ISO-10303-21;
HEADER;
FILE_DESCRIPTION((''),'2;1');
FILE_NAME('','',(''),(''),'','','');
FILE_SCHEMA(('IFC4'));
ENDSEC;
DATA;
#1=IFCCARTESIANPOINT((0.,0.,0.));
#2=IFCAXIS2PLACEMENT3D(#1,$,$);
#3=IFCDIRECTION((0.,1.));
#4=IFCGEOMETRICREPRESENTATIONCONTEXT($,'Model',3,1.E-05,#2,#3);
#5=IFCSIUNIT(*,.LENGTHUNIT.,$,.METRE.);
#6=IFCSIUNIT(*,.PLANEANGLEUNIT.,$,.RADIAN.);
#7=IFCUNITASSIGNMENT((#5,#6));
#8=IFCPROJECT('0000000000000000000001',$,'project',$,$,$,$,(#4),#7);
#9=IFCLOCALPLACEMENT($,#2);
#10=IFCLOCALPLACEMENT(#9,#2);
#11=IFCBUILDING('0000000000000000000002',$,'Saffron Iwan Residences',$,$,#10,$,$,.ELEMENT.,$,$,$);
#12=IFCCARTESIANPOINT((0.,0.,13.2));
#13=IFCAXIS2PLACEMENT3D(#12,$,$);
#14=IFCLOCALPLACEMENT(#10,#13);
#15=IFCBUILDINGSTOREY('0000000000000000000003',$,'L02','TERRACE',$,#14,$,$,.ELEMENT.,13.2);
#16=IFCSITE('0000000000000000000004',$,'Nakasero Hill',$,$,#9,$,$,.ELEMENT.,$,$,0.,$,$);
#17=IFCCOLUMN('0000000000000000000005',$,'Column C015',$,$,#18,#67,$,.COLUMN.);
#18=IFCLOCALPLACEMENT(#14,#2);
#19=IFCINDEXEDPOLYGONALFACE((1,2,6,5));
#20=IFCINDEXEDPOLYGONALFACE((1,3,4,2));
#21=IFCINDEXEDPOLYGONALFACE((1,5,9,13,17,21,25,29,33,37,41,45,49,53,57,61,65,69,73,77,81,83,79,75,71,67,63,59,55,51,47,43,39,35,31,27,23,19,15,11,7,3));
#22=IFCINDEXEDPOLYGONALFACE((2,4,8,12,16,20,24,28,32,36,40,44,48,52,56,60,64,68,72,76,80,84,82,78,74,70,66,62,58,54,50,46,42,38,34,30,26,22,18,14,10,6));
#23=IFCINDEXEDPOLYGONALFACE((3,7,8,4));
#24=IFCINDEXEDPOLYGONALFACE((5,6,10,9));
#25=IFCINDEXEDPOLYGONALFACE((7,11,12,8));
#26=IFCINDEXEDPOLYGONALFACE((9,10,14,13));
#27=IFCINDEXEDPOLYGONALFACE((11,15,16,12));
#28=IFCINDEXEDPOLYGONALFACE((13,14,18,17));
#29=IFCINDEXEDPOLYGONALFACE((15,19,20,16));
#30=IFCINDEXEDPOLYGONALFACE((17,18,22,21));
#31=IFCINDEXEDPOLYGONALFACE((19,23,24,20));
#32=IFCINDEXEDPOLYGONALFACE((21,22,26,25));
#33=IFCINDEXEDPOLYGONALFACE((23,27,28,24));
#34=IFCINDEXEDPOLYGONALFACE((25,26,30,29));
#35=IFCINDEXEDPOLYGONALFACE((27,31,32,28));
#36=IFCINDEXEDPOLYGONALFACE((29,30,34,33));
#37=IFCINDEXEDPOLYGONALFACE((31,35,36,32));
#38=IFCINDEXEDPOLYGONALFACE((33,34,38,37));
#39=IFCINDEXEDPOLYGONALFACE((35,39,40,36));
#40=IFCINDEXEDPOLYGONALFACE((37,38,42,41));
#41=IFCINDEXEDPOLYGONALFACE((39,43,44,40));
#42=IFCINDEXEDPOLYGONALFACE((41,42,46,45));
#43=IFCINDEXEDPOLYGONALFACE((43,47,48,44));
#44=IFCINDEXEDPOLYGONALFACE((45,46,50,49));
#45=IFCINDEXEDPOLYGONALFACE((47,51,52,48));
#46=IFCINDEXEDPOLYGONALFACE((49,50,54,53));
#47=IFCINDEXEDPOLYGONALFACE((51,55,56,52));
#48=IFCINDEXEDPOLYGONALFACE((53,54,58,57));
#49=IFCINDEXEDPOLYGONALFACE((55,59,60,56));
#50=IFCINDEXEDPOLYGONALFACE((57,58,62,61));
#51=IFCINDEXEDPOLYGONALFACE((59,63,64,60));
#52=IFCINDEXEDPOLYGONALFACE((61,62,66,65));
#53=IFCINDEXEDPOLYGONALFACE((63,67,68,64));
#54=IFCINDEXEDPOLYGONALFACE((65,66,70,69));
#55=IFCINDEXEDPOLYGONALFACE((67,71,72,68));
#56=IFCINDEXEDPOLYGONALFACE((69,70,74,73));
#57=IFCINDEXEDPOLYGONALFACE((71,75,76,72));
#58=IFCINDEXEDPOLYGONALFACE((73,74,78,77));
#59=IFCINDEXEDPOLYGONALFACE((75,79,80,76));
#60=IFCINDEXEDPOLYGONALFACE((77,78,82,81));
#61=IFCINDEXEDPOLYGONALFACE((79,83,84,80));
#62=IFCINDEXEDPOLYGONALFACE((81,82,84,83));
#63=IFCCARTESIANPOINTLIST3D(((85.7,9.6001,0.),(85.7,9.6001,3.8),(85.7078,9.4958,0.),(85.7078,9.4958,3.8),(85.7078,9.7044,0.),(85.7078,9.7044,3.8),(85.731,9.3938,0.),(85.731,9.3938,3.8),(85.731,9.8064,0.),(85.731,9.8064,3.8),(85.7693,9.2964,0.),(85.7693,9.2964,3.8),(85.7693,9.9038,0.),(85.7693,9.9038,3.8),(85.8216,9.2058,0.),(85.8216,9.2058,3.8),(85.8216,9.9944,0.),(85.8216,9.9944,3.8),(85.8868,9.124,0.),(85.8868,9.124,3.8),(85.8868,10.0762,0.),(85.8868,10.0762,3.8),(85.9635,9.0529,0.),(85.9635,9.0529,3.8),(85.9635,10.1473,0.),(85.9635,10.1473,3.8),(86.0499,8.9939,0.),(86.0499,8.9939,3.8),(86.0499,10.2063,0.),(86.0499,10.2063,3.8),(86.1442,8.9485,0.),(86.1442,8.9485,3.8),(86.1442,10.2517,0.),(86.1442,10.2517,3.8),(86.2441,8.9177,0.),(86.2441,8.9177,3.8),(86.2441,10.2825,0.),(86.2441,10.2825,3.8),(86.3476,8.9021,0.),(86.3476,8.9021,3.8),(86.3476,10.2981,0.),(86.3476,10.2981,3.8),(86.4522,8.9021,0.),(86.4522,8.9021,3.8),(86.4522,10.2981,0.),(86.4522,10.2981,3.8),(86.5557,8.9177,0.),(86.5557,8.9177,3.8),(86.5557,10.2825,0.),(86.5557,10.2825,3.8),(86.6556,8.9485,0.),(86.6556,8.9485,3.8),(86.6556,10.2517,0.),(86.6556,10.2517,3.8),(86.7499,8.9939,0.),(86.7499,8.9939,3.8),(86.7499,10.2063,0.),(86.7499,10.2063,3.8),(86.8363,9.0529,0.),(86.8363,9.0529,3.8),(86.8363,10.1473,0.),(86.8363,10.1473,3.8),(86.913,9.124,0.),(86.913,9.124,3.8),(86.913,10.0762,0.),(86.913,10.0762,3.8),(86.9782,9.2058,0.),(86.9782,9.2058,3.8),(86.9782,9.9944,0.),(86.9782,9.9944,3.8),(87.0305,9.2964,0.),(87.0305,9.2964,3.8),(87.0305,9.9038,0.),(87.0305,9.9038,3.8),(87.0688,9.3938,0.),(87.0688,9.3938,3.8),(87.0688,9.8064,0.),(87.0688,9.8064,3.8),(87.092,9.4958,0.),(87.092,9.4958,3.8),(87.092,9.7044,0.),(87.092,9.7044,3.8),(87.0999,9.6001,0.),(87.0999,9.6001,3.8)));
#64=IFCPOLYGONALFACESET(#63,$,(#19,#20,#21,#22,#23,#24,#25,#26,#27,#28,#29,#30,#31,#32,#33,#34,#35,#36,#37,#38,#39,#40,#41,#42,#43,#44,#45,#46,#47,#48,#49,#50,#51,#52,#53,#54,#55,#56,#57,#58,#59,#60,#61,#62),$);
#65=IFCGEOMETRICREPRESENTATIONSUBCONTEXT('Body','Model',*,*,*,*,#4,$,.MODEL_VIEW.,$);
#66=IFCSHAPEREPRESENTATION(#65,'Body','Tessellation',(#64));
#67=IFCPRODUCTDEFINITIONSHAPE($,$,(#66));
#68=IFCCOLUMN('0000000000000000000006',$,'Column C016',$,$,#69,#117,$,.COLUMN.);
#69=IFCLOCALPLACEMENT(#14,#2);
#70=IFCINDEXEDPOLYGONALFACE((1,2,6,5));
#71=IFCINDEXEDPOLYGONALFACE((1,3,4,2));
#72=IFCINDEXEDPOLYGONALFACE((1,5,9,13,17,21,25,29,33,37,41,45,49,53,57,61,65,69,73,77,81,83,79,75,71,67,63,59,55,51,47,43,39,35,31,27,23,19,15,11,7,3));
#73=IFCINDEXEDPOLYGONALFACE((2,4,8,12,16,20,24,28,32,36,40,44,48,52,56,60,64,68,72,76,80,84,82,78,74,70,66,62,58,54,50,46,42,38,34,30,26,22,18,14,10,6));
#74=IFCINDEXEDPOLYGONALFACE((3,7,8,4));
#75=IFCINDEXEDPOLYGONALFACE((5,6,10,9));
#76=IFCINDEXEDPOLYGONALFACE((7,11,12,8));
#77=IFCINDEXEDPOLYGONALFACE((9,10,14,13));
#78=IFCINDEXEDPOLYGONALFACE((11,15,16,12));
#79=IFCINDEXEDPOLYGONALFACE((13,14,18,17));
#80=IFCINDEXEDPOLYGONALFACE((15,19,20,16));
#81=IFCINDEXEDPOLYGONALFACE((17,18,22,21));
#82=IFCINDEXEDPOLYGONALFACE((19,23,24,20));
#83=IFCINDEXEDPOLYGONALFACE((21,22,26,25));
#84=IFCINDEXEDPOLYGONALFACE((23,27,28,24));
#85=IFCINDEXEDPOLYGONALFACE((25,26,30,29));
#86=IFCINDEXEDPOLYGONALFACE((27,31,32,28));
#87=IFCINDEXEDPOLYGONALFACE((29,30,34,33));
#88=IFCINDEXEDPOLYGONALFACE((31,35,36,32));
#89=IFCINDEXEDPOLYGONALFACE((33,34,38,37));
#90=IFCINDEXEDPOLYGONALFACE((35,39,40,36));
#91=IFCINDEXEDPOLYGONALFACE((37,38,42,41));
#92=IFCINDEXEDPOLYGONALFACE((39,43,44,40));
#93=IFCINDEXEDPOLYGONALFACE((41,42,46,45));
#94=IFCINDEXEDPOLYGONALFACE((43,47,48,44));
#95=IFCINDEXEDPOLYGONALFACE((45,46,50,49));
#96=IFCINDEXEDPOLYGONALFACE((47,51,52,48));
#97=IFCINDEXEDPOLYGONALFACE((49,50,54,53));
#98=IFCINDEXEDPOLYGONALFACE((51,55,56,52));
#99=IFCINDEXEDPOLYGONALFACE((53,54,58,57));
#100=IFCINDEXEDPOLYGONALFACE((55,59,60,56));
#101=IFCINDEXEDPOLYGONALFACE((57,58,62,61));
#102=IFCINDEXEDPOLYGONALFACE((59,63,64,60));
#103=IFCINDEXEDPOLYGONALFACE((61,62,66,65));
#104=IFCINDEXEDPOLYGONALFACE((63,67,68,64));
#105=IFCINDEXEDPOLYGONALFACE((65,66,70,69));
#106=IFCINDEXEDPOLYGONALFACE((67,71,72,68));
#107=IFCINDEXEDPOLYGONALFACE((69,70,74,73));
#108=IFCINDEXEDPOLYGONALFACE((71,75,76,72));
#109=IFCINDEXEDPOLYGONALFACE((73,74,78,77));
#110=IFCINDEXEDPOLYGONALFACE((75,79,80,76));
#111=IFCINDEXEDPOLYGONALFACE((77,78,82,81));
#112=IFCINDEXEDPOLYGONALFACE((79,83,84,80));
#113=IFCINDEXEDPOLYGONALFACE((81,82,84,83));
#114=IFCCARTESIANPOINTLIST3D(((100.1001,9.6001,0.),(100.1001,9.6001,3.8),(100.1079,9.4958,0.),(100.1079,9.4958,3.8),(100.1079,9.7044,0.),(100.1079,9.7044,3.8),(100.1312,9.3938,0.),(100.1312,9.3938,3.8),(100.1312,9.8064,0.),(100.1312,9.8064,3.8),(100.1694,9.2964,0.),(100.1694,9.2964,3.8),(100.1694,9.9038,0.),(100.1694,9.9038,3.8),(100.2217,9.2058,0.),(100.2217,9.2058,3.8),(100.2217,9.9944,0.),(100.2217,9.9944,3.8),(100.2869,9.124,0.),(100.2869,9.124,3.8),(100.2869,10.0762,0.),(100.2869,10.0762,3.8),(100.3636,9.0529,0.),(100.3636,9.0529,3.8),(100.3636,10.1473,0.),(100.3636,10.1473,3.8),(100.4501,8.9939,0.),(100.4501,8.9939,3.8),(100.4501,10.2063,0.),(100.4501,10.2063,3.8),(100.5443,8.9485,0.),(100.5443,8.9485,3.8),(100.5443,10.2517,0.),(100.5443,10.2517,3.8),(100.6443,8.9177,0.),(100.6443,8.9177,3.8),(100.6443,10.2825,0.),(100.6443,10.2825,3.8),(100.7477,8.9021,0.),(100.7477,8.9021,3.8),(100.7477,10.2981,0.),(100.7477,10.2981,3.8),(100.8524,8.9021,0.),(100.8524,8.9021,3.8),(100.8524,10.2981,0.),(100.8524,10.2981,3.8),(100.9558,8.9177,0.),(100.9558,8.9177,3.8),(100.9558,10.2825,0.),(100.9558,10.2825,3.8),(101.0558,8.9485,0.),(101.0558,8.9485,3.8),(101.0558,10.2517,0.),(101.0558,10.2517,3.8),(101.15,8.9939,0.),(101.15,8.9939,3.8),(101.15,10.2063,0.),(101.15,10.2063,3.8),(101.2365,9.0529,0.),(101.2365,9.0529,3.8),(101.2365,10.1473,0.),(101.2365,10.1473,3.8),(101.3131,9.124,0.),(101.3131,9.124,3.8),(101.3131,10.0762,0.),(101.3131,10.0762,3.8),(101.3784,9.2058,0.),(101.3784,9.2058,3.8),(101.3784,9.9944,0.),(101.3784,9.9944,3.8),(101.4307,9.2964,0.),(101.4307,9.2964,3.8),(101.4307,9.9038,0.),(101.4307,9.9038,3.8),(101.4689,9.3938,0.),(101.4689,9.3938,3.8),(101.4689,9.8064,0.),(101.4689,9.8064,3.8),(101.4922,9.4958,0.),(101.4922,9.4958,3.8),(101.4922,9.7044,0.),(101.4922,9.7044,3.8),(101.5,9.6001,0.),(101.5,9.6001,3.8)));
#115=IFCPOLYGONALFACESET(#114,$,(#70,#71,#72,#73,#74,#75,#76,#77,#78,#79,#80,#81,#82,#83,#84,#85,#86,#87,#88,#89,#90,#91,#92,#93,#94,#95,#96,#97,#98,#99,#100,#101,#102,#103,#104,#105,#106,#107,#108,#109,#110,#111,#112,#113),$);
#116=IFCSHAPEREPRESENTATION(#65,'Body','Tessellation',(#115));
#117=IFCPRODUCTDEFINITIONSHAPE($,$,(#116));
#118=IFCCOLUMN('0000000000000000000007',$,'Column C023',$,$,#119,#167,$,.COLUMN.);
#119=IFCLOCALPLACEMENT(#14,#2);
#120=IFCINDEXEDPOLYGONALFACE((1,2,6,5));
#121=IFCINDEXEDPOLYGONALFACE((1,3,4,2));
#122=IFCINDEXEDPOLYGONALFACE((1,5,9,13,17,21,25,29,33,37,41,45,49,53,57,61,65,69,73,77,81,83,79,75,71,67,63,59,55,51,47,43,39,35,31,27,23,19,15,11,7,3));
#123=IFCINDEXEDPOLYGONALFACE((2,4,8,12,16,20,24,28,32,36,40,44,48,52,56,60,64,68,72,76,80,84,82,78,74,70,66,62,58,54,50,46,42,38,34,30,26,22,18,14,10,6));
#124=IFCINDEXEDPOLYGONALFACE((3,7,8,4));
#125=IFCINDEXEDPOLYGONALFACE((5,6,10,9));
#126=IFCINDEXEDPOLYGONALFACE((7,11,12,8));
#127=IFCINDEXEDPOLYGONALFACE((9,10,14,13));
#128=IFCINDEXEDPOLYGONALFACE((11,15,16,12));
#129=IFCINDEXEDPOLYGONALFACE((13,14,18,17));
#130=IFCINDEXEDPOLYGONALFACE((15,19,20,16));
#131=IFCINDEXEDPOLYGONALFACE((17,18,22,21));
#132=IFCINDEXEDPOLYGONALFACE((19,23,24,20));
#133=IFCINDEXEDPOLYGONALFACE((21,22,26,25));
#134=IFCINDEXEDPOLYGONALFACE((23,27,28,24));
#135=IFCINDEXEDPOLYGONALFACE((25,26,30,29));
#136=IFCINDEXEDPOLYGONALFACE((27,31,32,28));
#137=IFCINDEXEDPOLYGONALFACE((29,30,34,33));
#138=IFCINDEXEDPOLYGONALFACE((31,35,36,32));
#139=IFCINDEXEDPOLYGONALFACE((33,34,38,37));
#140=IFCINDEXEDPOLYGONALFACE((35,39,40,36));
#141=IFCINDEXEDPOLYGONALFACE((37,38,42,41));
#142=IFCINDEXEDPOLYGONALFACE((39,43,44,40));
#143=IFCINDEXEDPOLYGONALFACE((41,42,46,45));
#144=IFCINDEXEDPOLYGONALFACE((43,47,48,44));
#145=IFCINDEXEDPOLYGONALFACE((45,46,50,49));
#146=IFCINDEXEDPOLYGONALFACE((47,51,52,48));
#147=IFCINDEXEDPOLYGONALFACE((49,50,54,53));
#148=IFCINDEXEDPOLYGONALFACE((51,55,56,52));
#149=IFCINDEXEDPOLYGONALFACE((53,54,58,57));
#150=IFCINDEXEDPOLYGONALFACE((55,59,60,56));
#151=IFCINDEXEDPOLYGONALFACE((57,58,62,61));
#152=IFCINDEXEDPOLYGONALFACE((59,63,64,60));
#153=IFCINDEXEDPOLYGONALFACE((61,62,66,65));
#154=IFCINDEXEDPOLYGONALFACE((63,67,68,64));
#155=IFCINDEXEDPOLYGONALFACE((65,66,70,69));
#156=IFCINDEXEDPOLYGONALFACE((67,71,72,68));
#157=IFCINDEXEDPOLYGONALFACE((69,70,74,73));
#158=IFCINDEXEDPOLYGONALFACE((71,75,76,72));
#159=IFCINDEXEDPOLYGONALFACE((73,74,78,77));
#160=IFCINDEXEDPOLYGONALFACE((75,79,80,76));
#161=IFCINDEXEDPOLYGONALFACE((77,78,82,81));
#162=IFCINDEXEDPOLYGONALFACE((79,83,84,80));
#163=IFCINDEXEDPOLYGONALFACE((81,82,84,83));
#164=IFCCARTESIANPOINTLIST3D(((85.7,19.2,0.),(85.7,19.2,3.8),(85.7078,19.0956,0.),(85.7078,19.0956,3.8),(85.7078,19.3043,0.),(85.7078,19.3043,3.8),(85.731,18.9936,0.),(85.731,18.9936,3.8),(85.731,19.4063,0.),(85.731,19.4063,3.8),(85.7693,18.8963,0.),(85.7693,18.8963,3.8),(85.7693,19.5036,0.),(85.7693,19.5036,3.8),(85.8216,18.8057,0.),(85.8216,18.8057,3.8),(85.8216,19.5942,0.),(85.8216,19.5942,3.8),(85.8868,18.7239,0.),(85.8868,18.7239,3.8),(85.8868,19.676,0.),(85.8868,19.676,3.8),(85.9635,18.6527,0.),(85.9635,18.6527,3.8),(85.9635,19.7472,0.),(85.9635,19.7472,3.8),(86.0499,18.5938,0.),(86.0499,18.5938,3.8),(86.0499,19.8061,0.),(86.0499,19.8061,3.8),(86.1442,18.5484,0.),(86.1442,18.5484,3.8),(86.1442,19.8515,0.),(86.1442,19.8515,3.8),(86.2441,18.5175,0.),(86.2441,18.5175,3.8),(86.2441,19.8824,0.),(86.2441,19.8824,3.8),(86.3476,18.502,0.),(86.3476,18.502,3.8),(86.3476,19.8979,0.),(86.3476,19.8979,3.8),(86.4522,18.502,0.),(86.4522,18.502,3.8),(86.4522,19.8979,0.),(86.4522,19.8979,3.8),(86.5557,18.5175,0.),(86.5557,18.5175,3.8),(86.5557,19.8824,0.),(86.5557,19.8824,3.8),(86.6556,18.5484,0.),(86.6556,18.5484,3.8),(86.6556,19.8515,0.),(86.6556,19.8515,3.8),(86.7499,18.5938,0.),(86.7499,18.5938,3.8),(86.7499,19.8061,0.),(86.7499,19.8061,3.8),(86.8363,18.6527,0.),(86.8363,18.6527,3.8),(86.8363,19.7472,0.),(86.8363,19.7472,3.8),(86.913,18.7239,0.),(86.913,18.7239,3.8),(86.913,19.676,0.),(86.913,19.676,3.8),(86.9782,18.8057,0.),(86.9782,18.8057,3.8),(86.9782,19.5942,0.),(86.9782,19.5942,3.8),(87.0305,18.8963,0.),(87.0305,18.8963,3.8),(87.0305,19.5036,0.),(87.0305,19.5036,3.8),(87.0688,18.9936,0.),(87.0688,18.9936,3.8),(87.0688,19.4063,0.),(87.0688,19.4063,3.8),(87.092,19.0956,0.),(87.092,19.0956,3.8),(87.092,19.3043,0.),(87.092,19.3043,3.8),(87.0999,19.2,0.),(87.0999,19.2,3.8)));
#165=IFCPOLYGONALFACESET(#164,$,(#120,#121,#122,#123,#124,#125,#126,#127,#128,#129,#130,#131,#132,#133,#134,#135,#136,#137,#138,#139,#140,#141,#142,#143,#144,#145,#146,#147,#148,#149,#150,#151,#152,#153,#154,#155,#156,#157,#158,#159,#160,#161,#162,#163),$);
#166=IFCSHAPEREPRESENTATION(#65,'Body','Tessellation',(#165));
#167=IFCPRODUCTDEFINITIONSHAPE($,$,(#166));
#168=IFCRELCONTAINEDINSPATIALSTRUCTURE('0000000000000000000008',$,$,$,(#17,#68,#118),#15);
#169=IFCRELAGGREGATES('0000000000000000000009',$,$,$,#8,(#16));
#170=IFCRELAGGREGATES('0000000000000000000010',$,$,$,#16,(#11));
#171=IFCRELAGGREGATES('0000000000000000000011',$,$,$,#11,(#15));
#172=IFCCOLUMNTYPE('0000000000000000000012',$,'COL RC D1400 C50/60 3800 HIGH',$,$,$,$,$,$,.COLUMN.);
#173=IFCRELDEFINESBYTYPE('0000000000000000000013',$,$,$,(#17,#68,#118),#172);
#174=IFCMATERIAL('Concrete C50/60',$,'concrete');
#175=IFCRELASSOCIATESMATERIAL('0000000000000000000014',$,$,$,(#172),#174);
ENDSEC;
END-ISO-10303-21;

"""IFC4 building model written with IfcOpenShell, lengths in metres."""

from ifc_helpers import new_model, si_unit, direction, frame, origin, origin_2d, place, context, subcontext, project, spatial, circle, extrude, source, transform, mapped, material, material_profile, profile_set, type_object, element, save


model = new_model("IFC4")

# Units and contexts
model_context = context("Model", 3, precision=1e-05, world=origin(), true_north=direction((0.0, 1.0)))
body_context = subcontext(model_context, "Body", "Model", "MODEL_VIEW")
ifc_project = project(units=[si_unit("LENGTHUNIT", "METRE"), si_unit("PLANEANGLEUNIT", "RADIAN")], contexts=[model_context])

# Site, building, storey
site_placement = place(None, origin())
site = spatial("IfcSite", under=ifc_project, at=site_placement, Name="Nakasero Hill", CompositionType="ELEMENT", RefElevation=0.0)
building_placement = place(site_placement, origin())
building = spatial("IfcBuilding", under=site, at=building_placement, Name="Saffron Iwan Residences", CompositionType="ELEMENT")
storey_placement = place(building_placement, frame((0.0, 0.0, 13.2)))
storey = spatial("IfcBuildingStorey", under=building, at=storey_placement, Name="L02", Description="TERRACE", CompositionType="ELEMENT", Elevation=13.2)

# Columns
ifc_material_1 = material(Name="Concrete C50/60", Category="concrete")
ifc_material_profile_1 = material_profile(ifc_material_1, circle(Radius=0.7, at=origin_2d()), Name="RC D1400")
ifc_profile_set_1 = profile_set([ifc_material_profile_1], Name="Concrete C50/60")
column_type = type_object("IfcColumnType", Name="COL RC D1400 C50/60 3800 HIGH", PredefinedType="COLUMN", material=ifc_profile_set_1)
shared_shape_1 = source(origin(), body_context, "Body", "SweptSolid", [
    extrude(circle(Radius=0.7, at=origin_2d()), origin(), (0.0, 0.0, 1.0), 3.8),
])
for number, where, z_axis, x_axis, name in (
    (1, (86.3999, 9.6001, 0.0), (0.0, 0.0, 1.0), (1.0, 0.0, 0.0), "Column C015"),
    (2, (100.8, 9.6001, 0.0), (0.0, 0.0, 1.0), (1.0, 0.0, 0.0), "Column C016"),
    (3, (86.3999, 19.2, 0.0), (0.0, 0.0, 1.0), (1.0, 0.0, 0.0), "Column C023"),
):
    element("IfcColumn", number, at=place(storey_placement, frame(where, z_axis=z_axis, x_axis=x_axis)), inside=storey, type_object=column_type, Name=name, PredefinedType="COLUMN", context=body_context, shape_type="MappedRepresentation", body=[
        mapped(shared_shape_1, transform((0.0, 0.0, 0.0))),
    ])

save(model, "model.ifc")
